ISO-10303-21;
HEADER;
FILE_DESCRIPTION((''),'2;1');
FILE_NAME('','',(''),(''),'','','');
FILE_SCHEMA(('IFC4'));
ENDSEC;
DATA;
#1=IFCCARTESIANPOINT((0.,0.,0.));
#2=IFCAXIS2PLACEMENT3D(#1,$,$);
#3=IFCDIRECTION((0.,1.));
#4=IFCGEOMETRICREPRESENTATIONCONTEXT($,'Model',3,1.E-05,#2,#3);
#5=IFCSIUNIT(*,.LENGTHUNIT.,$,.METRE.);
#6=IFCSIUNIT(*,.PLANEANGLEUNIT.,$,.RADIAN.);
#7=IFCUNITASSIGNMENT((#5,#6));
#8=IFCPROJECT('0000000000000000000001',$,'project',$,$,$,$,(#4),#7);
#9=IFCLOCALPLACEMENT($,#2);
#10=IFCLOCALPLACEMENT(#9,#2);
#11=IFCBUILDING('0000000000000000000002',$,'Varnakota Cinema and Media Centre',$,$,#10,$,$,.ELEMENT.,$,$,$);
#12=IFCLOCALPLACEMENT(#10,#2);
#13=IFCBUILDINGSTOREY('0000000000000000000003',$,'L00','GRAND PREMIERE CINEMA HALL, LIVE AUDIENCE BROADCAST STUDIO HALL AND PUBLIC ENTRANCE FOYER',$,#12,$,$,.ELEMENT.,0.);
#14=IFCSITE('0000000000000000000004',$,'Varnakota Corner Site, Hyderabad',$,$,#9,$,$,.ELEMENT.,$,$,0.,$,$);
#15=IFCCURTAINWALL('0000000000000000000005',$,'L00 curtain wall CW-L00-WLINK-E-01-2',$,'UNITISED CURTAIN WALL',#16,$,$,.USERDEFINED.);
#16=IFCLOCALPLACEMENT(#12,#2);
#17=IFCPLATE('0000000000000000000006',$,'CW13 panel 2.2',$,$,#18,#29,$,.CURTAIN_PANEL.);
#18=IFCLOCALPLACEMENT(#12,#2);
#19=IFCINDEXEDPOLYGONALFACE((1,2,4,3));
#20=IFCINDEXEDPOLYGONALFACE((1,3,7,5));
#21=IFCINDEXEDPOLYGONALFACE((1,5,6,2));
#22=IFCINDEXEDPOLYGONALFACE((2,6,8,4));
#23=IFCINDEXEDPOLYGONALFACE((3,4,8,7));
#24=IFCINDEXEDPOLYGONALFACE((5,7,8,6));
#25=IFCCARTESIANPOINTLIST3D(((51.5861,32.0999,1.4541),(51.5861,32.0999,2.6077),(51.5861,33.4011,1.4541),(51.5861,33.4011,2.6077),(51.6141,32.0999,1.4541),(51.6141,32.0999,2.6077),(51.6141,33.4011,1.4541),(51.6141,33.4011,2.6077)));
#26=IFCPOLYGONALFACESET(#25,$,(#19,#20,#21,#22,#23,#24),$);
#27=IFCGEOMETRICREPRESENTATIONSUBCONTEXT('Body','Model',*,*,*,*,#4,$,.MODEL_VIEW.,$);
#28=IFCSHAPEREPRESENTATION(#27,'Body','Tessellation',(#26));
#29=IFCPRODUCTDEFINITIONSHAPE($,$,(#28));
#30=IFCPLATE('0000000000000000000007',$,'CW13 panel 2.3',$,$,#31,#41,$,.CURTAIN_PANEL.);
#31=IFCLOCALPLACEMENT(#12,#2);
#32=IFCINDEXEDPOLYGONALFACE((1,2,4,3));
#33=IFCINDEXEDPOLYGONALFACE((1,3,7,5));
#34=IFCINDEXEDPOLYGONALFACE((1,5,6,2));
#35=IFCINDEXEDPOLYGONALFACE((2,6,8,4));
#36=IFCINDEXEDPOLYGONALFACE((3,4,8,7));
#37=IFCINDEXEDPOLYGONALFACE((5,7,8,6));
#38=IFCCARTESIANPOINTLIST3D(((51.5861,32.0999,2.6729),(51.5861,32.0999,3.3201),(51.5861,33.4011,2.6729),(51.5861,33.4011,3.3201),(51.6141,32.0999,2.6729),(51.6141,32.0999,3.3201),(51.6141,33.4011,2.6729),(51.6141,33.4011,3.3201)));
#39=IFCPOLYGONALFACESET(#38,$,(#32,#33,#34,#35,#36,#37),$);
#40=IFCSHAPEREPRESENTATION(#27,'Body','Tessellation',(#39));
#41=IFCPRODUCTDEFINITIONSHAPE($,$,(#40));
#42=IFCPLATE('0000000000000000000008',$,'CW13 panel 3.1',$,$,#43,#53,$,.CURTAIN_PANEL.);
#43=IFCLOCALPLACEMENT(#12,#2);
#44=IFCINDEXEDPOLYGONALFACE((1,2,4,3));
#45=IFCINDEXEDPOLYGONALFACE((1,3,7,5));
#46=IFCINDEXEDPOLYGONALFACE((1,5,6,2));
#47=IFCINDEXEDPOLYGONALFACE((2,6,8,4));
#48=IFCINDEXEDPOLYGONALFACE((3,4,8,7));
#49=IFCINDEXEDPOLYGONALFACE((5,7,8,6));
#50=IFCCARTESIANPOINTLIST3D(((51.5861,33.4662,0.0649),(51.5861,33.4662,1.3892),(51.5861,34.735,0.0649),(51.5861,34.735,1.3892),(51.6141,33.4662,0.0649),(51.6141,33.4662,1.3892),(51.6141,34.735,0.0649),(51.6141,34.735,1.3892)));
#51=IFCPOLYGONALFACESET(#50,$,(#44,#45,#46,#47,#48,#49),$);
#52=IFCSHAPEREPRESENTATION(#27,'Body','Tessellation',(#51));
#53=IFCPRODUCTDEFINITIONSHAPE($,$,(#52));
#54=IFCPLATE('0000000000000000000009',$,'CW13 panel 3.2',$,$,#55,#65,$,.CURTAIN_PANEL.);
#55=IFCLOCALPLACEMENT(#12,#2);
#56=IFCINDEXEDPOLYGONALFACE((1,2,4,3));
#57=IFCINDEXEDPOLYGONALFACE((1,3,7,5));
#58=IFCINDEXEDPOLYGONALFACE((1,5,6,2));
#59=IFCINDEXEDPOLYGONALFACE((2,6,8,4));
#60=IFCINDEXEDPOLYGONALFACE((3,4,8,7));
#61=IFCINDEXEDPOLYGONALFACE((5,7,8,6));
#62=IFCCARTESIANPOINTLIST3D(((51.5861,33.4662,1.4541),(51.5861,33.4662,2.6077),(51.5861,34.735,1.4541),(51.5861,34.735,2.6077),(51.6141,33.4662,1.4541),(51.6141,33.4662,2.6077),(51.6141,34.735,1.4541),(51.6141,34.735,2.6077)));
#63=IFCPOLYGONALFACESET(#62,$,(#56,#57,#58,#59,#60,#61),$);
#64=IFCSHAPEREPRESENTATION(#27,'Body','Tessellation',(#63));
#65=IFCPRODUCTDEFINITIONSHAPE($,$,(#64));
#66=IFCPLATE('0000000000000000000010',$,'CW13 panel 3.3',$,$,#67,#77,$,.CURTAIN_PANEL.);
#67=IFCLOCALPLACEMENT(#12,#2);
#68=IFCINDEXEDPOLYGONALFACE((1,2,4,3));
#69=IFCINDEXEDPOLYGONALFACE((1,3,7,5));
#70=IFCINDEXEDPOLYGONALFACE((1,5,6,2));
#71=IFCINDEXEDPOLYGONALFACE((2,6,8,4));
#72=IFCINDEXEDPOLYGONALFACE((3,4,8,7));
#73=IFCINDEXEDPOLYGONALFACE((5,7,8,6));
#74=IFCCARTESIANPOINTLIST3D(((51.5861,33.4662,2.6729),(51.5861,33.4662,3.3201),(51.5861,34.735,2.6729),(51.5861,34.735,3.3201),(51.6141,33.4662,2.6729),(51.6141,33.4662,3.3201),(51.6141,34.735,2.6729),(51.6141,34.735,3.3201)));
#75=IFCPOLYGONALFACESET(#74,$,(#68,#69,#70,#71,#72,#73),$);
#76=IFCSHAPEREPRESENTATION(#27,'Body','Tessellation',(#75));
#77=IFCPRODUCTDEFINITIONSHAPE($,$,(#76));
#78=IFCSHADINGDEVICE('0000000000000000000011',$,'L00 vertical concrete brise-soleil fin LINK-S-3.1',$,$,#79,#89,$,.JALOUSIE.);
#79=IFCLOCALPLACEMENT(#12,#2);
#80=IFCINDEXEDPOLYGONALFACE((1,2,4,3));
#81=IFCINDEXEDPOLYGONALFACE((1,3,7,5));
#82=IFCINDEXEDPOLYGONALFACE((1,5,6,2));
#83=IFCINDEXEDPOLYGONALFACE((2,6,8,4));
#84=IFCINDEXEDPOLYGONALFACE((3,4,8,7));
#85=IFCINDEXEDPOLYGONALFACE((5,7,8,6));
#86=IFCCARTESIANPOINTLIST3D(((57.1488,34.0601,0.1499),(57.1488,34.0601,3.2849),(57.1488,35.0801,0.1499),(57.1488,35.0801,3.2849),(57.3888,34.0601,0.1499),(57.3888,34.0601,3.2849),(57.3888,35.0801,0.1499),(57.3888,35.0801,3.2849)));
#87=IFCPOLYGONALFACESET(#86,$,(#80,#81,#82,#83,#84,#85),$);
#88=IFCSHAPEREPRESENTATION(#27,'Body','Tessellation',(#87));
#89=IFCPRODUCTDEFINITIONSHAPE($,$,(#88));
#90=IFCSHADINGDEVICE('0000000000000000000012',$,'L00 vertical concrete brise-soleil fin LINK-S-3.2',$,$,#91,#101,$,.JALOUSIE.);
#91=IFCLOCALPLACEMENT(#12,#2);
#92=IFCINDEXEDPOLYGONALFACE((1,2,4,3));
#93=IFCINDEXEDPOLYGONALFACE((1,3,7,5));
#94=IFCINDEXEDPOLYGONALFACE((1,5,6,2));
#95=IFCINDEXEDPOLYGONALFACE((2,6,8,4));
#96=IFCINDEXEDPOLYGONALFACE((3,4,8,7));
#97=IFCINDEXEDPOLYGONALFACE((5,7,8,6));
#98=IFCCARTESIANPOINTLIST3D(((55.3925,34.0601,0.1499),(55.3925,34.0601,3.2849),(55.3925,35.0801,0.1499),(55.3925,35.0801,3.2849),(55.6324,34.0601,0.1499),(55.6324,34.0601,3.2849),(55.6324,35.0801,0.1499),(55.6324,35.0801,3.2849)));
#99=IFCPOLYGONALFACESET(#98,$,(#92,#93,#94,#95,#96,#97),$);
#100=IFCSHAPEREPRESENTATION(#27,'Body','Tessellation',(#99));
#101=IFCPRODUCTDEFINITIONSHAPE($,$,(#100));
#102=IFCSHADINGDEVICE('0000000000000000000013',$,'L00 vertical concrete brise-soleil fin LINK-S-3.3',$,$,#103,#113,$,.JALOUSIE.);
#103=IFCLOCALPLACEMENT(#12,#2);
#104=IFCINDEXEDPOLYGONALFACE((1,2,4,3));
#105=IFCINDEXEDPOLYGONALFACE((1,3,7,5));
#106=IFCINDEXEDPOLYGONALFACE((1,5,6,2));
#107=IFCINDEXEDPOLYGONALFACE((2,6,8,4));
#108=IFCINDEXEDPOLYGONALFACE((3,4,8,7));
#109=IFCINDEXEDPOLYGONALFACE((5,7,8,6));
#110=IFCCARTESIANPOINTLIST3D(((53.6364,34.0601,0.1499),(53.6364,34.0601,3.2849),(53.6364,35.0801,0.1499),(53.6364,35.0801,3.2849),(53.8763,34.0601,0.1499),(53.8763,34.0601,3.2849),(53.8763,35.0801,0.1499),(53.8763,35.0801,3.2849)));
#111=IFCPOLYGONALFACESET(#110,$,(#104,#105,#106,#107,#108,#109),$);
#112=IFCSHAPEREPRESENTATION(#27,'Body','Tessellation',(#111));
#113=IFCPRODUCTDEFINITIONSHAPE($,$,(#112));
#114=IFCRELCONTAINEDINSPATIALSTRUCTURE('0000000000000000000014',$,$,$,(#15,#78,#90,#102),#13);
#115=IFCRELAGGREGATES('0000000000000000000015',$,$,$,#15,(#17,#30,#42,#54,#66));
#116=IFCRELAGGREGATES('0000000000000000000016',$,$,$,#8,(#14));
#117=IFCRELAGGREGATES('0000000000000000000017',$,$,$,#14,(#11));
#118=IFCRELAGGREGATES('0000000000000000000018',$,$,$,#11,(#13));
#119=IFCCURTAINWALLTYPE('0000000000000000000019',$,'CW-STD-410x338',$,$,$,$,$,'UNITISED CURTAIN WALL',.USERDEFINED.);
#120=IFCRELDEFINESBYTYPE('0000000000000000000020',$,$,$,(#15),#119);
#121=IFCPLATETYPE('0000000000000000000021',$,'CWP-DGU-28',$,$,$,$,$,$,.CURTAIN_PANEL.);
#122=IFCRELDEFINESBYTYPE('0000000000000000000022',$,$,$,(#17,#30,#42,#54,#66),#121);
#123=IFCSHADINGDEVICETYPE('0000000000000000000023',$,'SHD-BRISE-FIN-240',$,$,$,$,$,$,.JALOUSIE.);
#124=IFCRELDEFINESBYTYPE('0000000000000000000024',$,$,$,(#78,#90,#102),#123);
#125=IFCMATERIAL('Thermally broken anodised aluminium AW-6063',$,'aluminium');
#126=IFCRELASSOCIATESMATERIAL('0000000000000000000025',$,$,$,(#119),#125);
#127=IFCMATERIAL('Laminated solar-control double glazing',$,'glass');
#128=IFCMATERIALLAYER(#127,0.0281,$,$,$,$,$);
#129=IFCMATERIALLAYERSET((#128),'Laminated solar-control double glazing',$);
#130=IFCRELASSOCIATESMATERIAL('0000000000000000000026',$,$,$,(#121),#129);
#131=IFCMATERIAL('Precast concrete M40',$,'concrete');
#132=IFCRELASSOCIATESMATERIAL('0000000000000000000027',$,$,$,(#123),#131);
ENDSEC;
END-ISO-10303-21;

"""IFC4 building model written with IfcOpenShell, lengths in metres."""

from ifc_helpers import new_model, si_unit, direction, frame, origin, origin_2d, place, context, subcontext, project, spatial, rectangle, extrude, material, layer, layer_set, type_object, element, aggregate, save


model = new_model("IFC4")

# Units and contexts
model_context = context("Model", 3, precision=1e-05, world=origin(), true_north=direction((0.0, 1.0)))
body_context = subcontext(model_context, "Body", "Model", "MODEL_VIEW")
ifc_project = project(units=[si_unit("LENGTHUNIT", "METRE"), si_unit("PLANEANGLEUNIT", "RADIAN")], contexts=[model_context])

# Site, building, storey
site_placement = place(None, origin())
site = spatial("IfcSite", under=ifc_project, at=site_placement, Name="Varnakota Corner Site, Hyderabad", CompositionType="ELEMENT", RefElevation=0.0)
building_placement = place(site_placement, origin())
building = spatial("IfcBuilding", under=site, at=building_placement, Name="Varnakota Cinema and Media Centre", CompositionType="ELEMENT")
storey_placement = place(building_placement, origin())
storey = spatial("IfcBuildingStorey", under=building, at=storey_placement, Name="L00", Description="GRAND PREMIERE CINEMA HALL, LIVE AUDIENCE BROADCAST STUDIO HALL AND PUBLIC ENTRANCE FOYER", CompositionType="ELEMENT", Elevation=0.0)

# Shared definitions
ifc_material_1 = material(Name="Thermally broken anodised aluminium AW-6063", Category="aluminium")
curtain_wall_type = type_object("IfcCurtainWallType", Name="CW-STD-410x338", ElementType="UNITISED CURTAIN WALL", PredefinedType="USERDEFINED", material=ifc_material_1)

# Curtain wall, plates
curtain_wall_1_placement = place(storey_placement, origin())
curtain_wall_1 = element("IfcCurtainWall", 1, at=curtain_wall_1_placement, inside=storey, type_object=curtain_wall_type, Name="L00 curtain wall CW-L00-WLINK-E-01-2", ObjectType="UNITISED CURTAIN WALL", PredefinedType="USERDEFINED")
ifc_material_2 = material(Name="Laminated solar-control double glazing", Category="glass")
ifc_layer = layer(ifc_material_2, 0.0281)
ifc_layer_set = layer_set([ifc_layer], Name="Laminated solar-control double glazing")
plate_type = type_object("IfcPlateType", Name="CWP-DGU-28", PredefinedType="CURTAIN_PANEL", material=ifc_layer_set)
plate_1_placement = place(storey_placement, frame((51.6001, 32.7505, 1.4541), z_axis=(0.0, 0.0, 1.0), x_axis=(0.0, 1.0, 0.0)))
plate_1 = element("IfcPlate", 2, at=plate_1_placement, type_object=plate_type, Name="CW13 panel 2.2", PredefinedType="CURTAIN_PANEL", context=body_context, shape_type="SweptSolid", body=[
    extrude(rectangle(XDim=1.3013, YDim=0.0281, at=origin_2d()), origin(), (0.0, 0.0, 1.0), 1.1536),
])
plate_2_placement = place(storey_placement, frame((51.6001, 32.7505, 2.6729), z_axis=(0.0, 0.0, 1.0), x_axis=(0.0, 1.0, 0.0)))
plate_2 = element("IfcPlate", 3, at=plate_2_placement, type_object=plate_type, Name="CW13 panel 2.3", PredefinedType="CURTAIN_PANEL", context=body_context, shape_type="SweptSolid", body=[
    extrude(rectangle(XDim=1.3013, YDim=0.0281, at=origin_2d()), origin(), (0.0, 0.0, 1.0), 0.6472),
])
plate_3_placement = place(storey_placement, frame((51.6001, 34.1006, 0.0649), z_axis=(0.0, 0.0, 1.0), x_axis=(0.0, 1.0, 0.0)))
plate_3 = element("IfcPlate", 4, at=plate_3_placement, type_object=plate_type, Name="CW13 panel 3.1", PredefinedType="CURTAIN_PANEL", context=body_context, shape_type="SweptSolid", body=[
    extrude(rectangle(XDim=1.2688, YDim=0.0281, at=origin_2d()), origin(), (0.0, 0.0, 1.0), 1.3242),
])
plate_4_placement = place(storey_placement, frame((51.6001, 34.1006, 1.4541), z_axis=(0.0, 0.0, 1.0), x_axis=(0.0, 1.0, 0.0)))
plate_4 = element("IfcPlate", 5, at=plate_4_placement, type_object=plate_type, Name="CW13 panel 3.2", PredefinedType="CURTAIN_PANEL", context=body_context, shape_type="SweptSolid", body=[
    extrude(rectangle(XDim=1.2688, YDim=0.0281, at=origin_2d()), origin(), (0.0, 0.0, 1.0), 1.1536),
])
plate_5_placement = place(storey_placement, frame((51.6001, 34.1006, 2.6729), z_axis=(0.0, 0.0, 1.0), x_axis=(0.0, 1.0, 0.0)))
plate_5 = element("IfcPlate", 6, at=plate_5_placement, type_object=plate_type, Name="CW13 panel 3.3", PredefinedType="CURTAIN_PANEL", context=body_context, shape_type="SweptSolid", body=[
    extrude(rectangle(XDim=1.2688, YDim=0.0281, at=origin_2d()), origin(), (0.0, 0.0, 1.0), 0.6472),
])
aggregate(curtain_wall_1, [plate_1, plate_2, plate_3, plate_4, plate_5])

# Shading devices
ifc_material_3 = material(Name="Precast concrete M40", Category="concrete")
shading_device_type = type_object("IfcShadingDeviceType", Name="SHD-BRISE-FIN-240", PredefinedType="JALOUSIE", material=ifc_material_3)
for number, where, z_axis, x_axis, name in (
    (7, (57.2688, 34.5701, 0.1499), (0.0, 0.0, 1.0), (-1.0, 0.0, 0.0), "L00 vertical concrete brise-soleil fin LINK-S-3.1"),
    (8, (55.5125, 34.5701, 0.1499), (0.0, 0.0, 1.0), (-1.0, 0.0, 0.0), "L00 vertical concrete brise-soleil fin LINK-S-3.2"),
    (9, (53.7563, 34.5701, 0.1499), (0.0, 0.0, 1.0), (-1.0, 0.0, 0.0), "L00 vertical concrete brise-soleil fin LINK-S-3.3"),
):
    element("IfcShadingDevice", number, at=place(storey_placement, frame(where, z_axis=z_axis, x_axis=x_axis)), inside=storey, type_object=shading_device_type, Name=name, PredefinedType="JALOUSIE", context=body_context, shape_type="SweptSolid", body=[
        extrude(rectangle(XDim=0.24, YDim=1.02, at=origin_2d()), origin(), (0.0, 0.0, 1.0), 3.135),
    ])

save(model, "model.ifc")
